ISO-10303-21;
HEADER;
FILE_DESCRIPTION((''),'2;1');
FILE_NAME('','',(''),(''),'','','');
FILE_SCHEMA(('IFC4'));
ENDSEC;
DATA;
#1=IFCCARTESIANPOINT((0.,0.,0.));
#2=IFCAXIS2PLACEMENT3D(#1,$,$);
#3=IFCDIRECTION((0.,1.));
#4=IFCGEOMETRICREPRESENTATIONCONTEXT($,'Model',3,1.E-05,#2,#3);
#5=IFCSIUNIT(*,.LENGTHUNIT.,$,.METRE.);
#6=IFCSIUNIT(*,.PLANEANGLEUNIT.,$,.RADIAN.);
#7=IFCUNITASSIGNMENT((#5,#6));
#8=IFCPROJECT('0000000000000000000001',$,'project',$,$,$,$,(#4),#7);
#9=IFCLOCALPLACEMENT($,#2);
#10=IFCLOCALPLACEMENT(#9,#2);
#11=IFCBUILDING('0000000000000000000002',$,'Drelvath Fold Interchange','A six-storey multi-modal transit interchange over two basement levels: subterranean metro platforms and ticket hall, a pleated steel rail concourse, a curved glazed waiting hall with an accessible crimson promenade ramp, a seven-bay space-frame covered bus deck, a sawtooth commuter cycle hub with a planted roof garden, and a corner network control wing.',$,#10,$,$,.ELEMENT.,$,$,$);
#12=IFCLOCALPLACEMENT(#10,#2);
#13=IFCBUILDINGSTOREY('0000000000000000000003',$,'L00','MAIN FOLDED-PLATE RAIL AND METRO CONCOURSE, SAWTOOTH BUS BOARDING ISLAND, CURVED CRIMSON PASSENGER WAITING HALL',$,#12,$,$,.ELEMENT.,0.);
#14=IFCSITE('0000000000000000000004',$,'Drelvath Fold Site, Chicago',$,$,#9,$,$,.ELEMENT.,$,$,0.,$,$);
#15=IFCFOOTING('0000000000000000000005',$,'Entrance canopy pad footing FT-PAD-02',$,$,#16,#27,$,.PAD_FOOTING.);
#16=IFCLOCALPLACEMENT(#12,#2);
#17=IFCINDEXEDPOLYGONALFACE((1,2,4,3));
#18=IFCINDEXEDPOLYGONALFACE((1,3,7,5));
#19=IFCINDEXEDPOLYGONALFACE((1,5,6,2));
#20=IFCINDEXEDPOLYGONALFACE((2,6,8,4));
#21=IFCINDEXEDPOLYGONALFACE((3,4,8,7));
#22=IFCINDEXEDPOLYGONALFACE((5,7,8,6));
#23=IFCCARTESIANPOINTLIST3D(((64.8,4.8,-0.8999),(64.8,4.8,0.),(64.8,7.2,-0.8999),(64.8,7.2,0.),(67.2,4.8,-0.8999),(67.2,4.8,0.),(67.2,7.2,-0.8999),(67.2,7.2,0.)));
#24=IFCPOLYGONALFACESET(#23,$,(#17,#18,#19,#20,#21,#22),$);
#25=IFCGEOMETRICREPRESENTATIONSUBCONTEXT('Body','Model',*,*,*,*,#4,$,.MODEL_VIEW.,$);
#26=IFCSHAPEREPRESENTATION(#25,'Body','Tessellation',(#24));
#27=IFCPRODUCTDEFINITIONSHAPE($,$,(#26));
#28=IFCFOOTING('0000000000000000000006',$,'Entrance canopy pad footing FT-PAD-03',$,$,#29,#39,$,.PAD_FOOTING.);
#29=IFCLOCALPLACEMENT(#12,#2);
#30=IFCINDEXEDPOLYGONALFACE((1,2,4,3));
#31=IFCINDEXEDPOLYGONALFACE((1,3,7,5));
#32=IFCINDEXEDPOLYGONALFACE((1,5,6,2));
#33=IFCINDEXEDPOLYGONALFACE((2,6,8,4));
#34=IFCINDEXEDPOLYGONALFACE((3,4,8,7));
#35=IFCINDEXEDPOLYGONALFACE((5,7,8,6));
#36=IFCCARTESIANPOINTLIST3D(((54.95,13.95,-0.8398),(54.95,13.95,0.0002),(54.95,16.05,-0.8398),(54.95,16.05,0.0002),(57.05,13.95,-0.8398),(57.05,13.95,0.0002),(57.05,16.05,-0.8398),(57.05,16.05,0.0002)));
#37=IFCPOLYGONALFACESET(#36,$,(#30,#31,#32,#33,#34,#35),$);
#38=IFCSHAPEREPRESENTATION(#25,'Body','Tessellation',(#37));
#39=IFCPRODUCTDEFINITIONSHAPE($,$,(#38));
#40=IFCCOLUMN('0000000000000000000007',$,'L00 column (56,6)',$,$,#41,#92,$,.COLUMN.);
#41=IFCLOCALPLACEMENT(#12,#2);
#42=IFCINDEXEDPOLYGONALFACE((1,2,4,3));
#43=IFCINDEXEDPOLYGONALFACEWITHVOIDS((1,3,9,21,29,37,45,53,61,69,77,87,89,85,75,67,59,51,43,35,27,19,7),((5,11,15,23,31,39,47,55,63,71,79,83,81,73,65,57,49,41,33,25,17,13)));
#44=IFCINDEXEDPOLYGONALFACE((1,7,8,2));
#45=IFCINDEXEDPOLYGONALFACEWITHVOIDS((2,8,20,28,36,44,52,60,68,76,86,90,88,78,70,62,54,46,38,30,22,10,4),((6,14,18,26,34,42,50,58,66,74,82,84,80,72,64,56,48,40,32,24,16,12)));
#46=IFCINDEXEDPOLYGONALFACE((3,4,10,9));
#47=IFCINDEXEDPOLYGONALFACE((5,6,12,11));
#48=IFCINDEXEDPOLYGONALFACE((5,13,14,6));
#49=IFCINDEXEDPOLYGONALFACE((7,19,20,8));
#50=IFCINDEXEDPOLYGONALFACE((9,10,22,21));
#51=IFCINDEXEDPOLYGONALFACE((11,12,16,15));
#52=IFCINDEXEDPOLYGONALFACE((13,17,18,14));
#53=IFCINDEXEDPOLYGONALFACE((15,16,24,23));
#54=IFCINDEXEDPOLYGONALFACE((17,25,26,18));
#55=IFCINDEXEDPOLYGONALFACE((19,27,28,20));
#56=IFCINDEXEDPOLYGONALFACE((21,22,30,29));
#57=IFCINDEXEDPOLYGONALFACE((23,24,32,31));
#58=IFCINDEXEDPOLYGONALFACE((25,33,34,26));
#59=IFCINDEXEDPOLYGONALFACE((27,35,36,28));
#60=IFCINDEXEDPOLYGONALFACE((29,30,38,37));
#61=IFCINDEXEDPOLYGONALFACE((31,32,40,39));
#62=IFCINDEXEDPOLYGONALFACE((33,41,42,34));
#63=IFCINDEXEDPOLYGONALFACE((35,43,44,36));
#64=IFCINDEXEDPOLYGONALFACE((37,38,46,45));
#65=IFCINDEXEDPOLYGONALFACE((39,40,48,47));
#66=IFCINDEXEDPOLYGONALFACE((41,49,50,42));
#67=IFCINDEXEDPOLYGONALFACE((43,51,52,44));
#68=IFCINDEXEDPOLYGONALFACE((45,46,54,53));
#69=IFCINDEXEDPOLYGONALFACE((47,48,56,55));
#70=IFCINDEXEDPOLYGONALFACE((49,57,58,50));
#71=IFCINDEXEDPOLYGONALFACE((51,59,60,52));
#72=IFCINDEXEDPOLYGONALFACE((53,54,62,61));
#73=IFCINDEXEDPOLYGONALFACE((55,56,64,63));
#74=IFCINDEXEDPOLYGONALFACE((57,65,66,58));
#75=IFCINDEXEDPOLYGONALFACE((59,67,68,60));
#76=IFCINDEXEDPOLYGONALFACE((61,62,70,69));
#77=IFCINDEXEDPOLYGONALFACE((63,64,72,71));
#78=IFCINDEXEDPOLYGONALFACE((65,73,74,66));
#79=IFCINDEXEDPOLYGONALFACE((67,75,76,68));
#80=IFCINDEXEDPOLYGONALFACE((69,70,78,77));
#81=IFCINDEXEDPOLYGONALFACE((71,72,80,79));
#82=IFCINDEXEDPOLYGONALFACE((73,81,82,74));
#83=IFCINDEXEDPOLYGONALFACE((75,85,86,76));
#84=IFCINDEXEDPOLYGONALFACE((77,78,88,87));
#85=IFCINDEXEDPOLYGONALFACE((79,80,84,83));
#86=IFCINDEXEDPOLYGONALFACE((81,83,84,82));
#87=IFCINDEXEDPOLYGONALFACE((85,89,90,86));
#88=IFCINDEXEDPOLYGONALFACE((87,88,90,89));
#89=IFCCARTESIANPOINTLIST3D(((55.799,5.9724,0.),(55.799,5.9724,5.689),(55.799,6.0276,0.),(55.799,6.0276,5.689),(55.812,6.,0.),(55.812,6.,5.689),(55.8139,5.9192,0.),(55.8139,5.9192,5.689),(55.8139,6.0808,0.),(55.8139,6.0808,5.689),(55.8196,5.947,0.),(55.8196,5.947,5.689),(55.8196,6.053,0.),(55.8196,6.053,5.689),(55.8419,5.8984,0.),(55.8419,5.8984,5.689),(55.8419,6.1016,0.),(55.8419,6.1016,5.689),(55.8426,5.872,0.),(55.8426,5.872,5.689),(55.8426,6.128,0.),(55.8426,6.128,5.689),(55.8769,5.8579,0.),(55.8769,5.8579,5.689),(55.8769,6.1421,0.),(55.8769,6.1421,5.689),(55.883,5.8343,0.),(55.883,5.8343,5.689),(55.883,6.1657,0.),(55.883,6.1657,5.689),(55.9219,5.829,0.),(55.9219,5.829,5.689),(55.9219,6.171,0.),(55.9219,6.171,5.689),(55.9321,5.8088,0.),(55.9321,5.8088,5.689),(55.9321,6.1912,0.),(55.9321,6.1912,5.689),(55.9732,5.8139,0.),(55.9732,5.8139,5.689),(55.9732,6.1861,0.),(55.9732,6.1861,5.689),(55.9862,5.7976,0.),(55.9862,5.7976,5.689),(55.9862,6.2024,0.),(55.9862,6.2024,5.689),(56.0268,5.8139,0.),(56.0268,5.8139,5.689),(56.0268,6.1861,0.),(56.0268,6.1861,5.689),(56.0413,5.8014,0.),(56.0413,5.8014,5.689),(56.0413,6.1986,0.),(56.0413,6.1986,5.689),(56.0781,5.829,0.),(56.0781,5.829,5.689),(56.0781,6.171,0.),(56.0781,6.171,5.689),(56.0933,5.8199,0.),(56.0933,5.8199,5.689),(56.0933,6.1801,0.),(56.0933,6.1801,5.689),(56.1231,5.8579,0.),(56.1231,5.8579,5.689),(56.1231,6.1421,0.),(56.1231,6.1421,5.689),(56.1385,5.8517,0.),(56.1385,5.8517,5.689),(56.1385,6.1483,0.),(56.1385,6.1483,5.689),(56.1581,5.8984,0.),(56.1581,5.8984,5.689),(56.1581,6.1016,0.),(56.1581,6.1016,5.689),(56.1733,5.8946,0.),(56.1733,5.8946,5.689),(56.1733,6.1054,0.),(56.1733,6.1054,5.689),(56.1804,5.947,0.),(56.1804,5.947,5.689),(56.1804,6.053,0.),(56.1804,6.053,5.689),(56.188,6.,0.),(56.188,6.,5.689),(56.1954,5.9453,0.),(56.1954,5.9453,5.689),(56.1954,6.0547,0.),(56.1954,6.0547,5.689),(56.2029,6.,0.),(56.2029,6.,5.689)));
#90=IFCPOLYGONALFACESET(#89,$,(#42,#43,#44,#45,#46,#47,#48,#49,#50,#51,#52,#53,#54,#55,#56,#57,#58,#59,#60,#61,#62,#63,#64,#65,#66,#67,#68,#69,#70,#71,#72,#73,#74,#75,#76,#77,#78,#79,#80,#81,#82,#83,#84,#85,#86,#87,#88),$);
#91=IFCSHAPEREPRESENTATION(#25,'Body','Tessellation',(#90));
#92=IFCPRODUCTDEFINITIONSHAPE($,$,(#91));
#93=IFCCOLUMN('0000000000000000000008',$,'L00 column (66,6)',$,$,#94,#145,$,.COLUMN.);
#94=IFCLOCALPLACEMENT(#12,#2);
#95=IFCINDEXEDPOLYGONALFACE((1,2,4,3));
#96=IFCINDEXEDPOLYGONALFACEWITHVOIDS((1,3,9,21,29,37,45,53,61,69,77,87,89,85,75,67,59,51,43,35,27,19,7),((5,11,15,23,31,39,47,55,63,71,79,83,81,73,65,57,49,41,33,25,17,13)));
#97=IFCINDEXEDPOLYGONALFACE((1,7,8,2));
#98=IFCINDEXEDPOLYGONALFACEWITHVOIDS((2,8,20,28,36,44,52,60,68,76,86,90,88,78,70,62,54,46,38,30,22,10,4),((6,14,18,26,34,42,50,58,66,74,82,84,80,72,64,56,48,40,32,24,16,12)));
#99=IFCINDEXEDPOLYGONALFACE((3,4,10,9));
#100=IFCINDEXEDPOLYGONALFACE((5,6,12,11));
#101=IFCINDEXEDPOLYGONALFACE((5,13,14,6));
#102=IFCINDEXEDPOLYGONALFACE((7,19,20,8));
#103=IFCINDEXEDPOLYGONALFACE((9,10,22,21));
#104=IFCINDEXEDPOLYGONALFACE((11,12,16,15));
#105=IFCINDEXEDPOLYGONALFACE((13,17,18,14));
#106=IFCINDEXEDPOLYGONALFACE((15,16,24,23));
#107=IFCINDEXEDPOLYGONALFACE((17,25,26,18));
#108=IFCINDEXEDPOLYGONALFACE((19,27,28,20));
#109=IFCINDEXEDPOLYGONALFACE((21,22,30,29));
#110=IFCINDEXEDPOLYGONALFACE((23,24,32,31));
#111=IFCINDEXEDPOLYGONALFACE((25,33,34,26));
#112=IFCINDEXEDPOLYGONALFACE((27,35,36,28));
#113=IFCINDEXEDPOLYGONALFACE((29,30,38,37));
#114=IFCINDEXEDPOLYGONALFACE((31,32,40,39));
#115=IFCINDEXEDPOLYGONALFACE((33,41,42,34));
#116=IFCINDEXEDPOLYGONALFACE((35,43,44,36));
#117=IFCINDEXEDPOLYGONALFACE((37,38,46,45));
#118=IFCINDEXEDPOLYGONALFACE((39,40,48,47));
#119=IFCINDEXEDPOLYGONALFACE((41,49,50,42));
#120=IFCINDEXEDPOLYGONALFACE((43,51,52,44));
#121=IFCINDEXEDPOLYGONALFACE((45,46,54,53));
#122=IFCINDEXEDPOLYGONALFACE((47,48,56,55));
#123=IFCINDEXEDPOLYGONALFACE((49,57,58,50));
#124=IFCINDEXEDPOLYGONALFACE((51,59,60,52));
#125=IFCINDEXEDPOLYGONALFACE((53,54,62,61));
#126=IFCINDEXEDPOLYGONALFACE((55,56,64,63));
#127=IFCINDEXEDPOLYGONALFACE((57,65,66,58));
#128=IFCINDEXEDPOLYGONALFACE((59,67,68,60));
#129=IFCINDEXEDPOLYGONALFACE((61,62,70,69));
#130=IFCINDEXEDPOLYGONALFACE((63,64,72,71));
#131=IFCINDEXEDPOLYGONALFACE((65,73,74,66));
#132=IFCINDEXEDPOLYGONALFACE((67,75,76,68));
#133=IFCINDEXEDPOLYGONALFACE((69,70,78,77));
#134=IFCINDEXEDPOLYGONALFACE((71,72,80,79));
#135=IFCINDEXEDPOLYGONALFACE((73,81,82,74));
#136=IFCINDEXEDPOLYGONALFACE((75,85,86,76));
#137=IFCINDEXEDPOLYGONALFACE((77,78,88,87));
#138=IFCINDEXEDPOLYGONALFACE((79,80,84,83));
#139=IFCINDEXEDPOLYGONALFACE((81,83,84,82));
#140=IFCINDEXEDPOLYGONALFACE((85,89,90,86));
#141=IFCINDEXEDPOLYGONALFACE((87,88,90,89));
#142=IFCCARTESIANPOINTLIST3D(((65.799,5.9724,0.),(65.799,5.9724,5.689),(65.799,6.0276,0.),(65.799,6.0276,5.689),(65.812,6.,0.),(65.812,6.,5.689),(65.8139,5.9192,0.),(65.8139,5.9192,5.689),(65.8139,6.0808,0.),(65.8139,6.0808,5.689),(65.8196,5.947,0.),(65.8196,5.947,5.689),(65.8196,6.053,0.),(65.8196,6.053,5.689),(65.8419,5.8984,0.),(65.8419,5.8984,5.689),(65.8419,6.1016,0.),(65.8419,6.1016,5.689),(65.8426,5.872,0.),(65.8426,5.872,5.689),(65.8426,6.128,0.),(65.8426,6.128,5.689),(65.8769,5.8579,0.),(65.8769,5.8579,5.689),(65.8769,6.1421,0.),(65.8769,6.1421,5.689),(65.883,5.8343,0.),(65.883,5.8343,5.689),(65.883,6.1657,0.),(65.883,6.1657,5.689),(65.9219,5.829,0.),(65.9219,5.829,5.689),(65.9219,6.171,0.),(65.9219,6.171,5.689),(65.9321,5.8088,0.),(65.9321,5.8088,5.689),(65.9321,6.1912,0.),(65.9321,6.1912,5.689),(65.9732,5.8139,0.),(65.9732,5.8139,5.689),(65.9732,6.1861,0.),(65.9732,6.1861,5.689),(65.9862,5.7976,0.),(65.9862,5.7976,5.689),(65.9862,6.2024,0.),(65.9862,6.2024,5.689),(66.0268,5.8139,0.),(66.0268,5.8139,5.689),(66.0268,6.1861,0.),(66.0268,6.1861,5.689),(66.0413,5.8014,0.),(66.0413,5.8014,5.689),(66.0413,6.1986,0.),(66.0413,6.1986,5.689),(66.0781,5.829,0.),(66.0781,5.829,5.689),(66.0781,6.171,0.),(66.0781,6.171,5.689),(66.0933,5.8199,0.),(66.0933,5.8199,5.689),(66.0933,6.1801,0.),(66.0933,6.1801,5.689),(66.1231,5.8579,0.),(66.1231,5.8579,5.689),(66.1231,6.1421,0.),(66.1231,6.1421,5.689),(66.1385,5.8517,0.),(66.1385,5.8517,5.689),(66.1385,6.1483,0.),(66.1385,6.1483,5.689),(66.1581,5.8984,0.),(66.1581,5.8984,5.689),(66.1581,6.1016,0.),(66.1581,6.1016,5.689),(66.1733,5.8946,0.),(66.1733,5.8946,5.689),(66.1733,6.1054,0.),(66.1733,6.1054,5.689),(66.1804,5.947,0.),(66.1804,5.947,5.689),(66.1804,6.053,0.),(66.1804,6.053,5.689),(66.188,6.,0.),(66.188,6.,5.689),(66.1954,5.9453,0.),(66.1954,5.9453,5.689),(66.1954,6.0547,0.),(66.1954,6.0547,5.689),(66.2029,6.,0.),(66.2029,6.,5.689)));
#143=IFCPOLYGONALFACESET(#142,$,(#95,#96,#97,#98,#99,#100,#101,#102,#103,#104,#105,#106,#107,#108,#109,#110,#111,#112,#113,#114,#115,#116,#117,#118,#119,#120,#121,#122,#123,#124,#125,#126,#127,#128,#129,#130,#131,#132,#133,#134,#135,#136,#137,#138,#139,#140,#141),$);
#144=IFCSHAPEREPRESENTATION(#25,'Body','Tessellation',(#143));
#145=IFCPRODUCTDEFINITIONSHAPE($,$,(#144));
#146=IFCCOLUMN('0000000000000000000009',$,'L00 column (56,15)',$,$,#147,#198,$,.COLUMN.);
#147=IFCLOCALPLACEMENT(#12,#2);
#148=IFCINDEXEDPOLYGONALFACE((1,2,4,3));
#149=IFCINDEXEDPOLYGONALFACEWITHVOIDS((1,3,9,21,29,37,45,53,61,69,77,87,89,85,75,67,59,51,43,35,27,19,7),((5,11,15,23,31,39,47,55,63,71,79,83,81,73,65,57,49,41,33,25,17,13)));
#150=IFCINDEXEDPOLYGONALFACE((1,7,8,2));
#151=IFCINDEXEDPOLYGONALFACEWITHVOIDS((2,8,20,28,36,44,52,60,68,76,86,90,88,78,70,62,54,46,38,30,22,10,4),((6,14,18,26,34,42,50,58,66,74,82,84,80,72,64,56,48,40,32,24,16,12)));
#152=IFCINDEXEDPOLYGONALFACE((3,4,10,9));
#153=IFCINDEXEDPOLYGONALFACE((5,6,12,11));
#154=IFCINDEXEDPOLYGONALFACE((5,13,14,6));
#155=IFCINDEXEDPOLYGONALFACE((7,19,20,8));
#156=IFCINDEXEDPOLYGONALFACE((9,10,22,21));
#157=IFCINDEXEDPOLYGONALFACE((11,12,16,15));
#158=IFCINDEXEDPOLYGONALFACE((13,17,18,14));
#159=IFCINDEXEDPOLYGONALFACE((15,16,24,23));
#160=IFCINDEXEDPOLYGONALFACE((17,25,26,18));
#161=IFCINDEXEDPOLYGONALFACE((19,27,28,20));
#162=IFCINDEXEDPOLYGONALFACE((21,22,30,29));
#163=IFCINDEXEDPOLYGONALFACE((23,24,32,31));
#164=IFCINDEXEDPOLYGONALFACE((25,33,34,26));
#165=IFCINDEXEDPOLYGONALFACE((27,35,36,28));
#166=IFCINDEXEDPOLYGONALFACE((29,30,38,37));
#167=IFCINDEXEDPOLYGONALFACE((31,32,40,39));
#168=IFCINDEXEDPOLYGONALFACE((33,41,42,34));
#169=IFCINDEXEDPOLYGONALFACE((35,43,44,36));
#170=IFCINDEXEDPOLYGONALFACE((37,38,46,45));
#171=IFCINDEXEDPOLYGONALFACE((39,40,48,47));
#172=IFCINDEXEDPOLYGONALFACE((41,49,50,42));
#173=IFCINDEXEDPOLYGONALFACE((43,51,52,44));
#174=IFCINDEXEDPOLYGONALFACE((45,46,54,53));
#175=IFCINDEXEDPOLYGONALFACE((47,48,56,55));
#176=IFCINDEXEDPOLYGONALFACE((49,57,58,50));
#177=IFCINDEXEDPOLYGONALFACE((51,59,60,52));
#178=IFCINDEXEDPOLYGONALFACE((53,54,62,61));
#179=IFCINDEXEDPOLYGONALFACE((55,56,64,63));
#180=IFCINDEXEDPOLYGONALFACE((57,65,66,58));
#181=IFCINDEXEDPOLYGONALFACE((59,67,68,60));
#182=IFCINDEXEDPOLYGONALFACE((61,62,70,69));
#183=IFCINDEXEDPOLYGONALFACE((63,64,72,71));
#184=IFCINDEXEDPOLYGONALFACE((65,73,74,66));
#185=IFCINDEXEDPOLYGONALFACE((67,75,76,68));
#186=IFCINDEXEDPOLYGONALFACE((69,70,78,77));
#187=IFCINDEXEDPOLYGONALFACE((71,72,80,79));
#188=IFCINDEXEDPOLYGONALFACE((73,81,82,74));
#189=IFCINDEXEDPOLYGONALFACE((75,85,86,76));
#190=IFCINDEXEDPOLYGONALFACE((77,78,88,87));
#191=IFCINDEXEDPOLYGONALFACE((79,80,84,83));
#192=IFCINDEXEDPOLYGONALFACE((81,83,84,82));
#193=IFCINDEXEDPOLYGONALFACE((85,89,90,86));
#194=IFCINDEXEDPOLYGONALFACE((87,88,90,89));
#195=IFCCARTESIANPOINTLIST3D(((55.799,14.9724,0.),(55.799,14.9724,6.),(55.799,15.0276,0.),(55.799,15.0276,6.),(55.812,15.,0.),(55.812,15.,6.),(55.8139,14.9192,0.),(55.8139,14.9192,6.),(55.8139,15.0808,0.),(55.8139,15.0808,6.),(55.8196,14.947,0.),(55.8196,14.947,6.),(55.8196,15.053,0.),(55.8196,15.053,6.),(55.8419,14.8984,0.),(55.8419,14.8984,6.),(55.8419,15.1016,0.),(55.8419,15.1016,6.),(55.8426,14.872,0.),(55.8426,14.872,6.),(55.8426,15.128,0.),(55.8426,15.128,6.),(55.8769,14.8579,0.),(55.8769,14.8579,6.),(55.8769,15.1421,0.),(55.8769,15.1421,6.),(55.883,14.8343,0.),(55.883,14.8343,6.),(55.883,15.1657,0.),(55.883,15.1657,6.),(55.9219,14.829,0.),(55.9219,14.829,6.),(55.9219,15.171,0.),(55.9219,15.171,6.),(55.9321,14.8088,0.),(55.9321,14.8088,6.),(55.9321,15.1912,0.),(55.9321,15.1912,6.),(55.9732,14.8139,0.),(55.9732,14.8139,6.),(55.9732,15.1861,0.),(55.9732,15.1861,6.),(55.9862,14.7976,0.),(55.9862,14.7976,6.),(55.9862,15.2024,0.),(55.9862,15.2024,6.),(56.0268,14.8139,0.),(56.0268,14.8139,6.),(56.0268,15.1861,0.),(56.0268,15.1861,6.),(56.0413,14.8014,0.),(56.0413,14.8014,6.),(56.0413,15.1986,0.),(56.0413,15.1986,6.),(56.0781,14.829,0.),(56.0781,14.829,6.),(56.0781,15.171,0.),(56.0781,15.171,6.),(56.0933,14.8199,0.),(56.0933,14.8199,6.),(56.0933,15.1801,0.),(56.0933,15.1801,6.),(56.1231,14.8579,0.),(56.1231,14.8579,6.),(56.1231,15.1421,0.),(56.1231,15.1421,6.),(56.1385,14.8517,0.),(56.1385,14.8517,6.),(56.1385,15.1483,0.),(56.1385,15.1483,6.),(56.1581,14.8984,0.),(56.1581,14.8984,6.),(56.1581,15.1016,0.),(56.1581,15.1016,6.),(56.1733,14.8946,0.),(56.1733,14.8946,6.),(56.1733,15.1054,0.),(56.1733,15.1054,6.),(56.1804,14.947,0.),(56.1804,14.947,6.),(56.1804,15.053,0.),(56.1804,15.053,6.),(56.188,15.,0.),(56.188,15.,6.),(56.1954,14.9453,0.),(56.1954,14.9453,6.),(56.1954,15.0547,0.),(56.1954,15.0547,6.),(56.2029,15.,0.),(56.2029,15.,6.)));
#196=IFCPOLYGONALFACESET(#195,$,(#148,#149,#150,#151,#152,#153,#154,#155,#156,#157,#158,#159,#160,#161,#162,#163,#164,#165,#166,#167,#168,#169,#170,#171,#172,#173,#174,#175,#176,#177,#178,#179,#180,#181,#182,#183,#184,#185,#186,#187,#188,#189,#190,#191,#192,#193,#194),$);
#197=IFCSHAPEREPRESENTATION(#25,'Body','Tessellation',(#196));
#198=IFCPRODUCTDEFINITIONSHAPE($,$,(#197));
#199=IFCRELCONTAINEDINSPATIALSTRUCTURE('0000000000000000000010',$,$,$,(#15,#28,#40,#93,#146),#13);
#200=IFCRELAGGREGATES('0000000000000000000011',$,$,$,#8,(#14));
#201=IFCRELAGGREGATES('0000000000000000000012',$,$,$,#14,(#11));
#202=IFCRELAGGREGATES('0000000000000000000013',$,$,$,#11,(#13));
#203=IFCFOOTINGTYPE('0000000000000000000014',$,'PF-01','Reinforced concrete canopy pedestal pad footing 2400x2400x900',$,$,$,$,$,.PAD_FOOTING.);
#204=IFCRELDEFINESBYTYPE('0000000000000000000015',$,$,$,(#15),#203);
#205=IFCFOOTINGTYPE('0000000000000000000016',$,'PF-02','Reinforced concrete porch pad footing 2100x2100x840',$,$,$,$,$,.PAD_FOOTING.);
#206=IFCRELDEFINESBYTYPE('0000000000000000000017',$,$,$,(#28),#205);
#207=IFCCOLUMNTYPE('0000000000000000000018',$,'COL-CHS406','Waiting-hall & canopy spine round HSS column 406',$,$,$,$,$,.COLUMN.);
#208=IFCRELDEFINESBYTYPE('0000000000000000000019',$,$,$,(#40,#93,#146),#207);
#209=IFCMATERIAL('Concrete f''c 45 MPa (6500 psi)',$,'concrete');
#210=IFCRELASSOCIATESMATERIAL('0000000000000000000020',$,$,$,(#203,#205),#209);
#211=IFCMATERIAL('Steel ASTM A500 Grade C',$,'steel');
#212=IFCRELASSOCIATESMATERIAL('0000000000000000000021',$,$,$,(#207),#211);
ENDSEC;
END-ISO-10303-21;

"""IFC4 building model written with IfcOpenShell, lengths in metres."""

from ifc_helpers import new_model, si_unit, direction, frame, origin, origin_2d, place, context, subcontext, project, spatial, rectangle, hollow_circle, extrude, material, material_profile, profile_set, type_object, element, save


model = new_model("IFC4")

# Units and contexts
model_context = context("Model", 3, precision=1e-05, world=origin(), true_north=direction((0.0, 1.0)))
body_context = subcontext(model_context, "Body", "Model", "MODEL_VIEW")
ifc_project = project(units=[si_unit("LENGTHUNIT", "METRE"), si_unit("PLANEANGLEUNIT", "RADIAN")], contexts=[model_context])

# Site, building, storey
site_placement = place(None, origin())
site = spatial("IfcSite", under=ifc_project, at=site_placement, Name="Drelvath Fold Site, Chicago", CompositionType="ELEMENT", RefElevation=0.0)
building_placement = place(site_placement, origin())
building = spatial("IfcBuilding", under=site, at=building_placement, Name="Drelvath Fold Interchange", Description="A six-storey multi-modal transit interchange over two basement levels: subterranean metro platforms and ticket hall, a pleated steel rail concourse, a curved glazed waiting hall with an accessible crimson promenade ramp, a seven-bay space-frame covered bus deck, a sawtooth commuter cycle hub with a planted roof garden, and a corner network control wing.", CompositionType="ELEMENT")
storey_placement = place(building_placement, origin())
storey = spatial("IfcBuildingStorey", under=building, at=storey_placement, Name="L00", Description="MAIN FOLDED-PLATE RAIL AND METRO CONCOURSE, SAWTOOTH BUS BOARDING ISLAND, CURVED CRIMSON PASSENGER WAITING HALL", CompositionType="ELEMENT", Elevation=0.0)

# Footings
ifc_material_1 = material(Name="Concrete f'c 45 MPa (6500 psi)", Category="concrete")
footing_type_1 = type_object("IfcFootingType", Name="PF-01", Description="Reinforced concrete canopy pedestal pad footing 2400x2400x900", PredefinedType="PAD_FOOTING", material=ifc_material_1)
footing_1_placement = place(storey_placement, frame((66.0, 6.0, -0.8999), z_axis=(0.0, 0.0, 1.0), x_axis=(1.0, 0.0, 0.0)))
element("IfcFooting", 1, at=footing_1_placement, inside=storey, type_object=footing_type_1, Name="Entrance canopy pad footing FT-PAD-02", PredefinedType="PAD_FOOTING", context=body_context, shape_type="SweptSolid", body=[
    extrude(rectangle(XDim=2.3999, YDim=2.3999, at=origin_2d()), origin(), (0.0, 0.0, 1.0), 0.8999),
])
footing_type_2 = type_object("IfcFootingType", Name="PF-02", Description="Reinforced concrete porch pad footing 2100x2100x840", PredefinedType="PAD_FOOTING", material=ifc_material_1)
footing_2_placement = place(storey_placement, frame((56.0, 15.0, -0.8398), z_axis=(0.0, 0.0, 1.0), x_axis=(1.0, 0.0, 0.0)))
element("IfcFooting", 2, at=footing_2_placement, inside=storey, type_object=footing_type_2, Name="Entrance canopy pad footing FT-PAD-03", PredefinedType="PAD_FOOTING", context=body_context, shape_type="SweptSolid", body=[
    extrude(rectangle(XDim=2.1001, YDim=2.1001, at=origin_2d()), origin(), (0.0, 0.0, 1.0), 0.8401),
])

# Columns
ifc_material_2 = material(Name="Steel ASTM A500 Grade C", Category="steel")
ifc_material_profile_1 = material_profile(ifc_material_2, hollow_circle(Radius=0.2029, WallThickness=0.0149, at=origin_2d()), Name="HSS16.000X0.625")
ifc_profile_set_1 = profile_set([ifc_material_profile_1], Name="Steel ASTM A500 Grade C")
column_type = type_object("IfcColumnType", Name="COL-CHS406", Description="Waiting-hall & canopy spine round HSS column 406", PredefinedType="COLUMN", material=ifc_profile_set_1)
for number, where, z_axis, x_axis, name in (
    (3, (56.0, 6.0, 0.0), (0.0, 0.0, 1.0), (1.0, 0.0, 0.0), "L00 column (56,6)"),
    (4, (66.0, 6.0, 0.0), (0.0, 0.0, 1.0), (1.0, 0.0, 0.0), "L00 column (66,6)"),
):
    element("IfcColumn", number, at=place(storey_placement, frame(where, z_axis=z_axis, x_axis=x_axis)), inside=storey, type_object=column_type, Name=name, PredefinedType="COLUMN", context=body_context, shape_type="SweptSolid", body=[
        extrude(hollow_circle(Radius=0.2029, WallThickness=0.0149, at=origin_2d()), origin(), (0.0, 0.0, 1.0), 5.689),
    ])
column_placement = place(storey_placement, frame((56.0, 15.0, 0.0), z_axis=(0.0, 0.0, 1.0), x_axis=(1.0, 0.0, 0.0)))
element("IfcColumn", 5, at=column_placement, inside=storey, type_object=column_type, Name="L00 column (56,15)", PredefinedType="COLUMN", context=body_context, shape_type="SweptSolid", body=[
    extrude(hollow_circle(Radius=0.2029, WallThickness=0.0149, at=origin_2d()), origin(), (0.0, 0.0, 1.0), 6.0),
])

save(model, "model.ifc")
